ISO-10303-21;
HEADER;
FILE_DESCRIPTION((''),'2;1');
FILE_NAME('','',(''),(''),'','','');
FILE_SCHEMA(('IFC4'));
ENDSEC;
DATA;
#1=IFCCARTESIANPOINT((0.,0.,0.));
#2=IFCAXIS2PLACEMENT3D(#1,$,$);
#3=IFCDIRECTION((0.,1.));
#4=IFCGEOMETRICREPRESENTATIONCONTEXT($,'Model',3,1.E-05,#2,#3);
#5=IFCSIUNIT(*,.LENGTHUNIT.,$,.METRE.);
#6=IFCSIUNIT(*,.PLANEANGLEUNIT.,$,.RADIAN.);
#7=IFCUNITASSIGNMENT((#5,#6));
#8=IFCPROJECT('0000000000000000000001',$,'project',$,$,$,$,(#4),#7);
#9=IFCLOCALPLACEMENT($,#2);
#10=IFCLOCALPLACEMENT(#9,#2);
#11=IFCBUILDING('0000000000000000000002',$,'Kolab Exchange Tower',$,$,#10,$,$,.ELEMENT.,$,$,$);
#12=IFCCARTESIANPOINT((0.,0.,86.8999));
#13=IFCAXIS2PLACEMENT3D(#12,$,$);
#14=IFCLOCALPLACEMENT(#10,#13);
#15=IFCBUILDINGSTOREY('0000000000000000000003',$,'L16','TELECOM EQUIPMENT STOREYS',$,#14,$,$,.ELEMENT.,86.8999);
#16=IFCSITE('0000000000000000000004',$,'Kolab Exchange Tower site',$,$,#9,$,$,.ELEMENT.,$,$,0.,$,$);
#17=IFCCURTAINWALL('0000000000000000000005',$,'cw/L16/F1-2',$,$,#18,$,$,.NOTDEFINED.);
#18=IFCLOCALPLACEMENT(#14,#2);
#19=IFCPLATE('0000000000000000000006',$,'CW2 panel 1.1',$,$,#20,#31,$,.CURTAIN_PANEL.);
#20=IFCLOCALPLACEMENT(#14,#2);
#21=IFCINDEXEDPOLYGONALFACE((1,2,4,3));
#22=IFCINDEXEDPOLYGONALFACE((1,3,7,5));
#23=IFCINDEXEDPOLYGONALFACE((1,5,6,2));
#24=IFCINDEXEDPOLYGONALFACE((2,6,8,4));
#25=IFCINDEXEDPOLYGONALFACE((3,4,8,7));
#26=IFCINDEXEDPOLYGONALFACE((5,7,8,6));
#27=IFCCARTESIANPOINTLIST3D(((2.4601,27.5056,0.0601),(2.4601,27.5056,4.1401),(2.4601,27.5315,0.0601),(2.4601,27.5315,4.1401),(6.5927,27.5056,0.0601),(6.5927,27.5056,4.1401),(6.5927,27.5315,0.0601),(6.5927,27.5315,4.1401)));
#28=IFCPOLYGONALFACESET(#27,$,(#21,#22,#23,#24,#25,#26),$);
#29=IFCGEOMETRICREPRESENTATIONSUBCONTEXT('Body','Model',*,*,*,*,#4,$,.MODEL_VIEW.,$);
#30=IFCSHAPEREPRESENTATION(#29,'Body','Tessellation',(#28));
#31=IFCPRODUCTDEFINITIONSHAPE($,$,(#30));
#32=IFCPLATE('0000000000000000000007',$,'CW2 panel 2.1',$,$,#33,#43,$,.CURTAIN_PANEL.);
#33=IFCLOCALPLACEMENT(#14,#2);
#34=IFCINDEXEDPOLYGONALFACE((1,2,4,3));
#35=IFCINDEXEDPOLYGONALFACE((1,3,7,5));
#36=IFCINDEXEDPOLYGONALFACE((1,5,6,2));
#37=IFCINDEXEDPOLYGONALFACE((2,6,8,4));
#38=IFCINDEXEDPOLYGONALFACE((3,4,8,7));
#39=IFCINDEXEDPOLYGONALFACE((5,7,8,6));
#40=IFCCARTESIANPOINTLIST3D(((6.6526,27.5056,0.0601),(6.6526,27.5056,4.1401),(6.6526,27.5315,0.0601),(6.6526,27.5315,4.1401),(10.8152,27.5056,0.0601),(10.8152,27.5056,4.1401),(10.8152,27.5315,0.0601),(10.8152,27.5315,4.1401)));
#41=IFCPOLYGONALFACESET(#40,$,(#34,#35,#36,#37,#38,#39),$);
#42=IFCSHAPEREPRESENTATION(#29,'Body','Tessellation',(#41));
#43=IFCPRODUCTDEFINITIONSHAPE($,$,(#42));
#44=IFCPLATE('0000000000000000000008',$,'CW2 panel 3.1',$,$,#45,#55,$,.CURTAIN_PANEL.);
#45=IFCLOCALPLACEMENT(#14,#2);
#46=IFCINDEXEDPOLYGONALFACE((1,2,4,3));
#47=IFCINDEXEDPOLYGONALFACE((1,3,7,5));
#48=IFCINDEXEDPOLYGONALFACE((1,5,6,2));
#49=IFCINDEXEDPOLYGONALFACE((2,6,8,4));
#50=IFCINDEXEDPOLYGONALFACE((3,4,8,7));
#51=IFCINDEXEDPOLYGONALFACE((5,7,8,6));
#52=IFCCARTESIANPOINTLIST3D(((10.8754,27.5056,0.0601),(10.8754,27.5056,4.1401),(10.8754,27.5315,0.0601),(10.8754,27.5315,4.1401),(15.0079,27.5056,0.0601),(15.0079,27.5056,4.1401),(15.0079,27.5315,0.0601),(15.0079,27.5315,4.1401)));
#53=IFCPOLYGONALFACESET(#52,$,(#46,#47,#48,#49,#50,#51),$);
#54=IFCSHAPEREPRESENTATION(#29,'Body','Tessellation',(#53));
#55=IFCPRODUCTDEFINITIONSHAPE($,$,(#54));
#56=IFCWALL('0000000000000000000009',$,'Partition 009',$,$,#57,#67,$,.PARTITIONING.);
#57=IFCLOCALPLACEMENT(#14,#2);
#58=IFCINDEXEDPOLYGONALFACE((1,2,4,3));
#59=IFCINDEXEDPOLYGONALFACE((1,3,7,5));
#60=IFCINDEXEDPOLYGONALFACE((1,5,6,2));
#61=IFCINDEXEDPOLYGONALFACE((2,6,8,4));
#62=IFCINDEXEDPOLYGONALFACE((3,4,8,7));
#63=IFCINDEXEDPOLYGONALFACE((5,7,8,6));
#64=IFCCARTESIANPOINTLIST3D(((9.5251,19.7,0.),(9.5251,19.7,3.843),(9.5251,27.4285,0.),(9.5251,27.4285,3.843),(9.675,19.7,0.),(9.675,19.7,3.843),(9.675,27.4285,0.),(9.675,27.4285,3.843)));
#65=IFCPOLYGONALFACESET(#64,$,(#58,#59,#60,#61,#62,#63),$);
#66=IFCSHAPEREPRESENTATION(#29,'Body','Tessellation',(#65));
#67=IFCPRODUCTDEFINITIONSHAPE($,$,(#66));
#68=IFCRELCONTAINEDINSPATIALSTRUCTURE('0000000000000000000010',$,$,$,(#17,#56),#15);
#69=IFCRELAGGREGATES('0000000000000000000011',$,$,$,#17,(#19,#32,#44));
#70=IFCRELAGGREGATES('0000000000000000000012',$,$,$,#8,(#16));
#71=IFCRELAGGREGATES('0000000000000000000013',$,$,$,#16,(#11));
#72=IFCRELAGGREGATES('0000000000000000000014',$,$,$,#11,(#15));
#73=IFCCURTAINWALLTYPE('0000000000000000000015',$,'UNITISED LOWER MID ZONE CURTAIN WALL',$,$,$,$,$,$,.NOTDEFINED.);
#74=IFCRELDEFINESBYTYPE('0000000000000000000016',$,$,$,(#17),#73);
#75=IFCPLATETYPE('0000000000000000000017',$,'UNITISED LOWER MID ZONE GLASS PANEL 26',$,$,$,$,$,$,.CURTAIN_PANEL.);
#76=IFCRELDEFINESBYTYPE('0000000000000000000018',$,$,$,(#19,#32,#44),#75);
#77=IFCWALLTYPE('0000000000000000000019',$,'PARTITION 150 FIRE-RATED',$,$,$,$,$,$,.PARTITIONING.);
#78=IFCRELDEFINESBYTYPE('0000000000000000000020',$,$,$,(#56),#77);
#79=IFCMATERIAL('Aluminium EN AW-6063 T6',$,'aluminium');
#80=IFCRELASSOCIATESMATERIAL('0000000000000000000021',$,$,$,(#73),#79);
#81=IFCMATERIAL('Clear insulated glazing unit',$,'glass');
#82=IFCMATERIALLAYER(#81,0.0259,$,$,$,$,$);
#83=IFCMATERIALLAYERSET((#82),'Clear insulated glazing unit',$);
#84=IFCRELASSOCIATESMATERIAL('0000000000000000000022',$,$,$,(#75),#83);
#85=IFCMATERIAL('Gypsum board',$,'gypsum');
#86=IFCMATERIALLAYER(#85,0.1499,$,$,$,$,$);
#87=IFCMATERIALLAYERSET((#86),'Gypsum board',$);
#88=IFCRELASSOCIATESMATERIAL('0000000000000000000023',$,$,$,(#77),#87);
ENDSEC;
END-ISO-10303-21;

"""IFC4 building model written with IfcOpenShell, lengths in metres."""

from ifc_helpers import new_model, si_unit, direction, frame, frame_2d, origin, origin_2d, place, context, subcontext, project, spatial, rectangle, extrude, material, layer, layer_set, type_object, element, aggregate, save


model = new_model("IFC4")

# Units and contexts
model_context = context("Model", 3, precision=1e-05, world=origin(), true_north=direction((0.0, 1.0)))
body_context = subcontext(model_context, "Body", "Model", "MODEL_VIEW")
ifc_project = project(units=[si_unit("LENGTHUNIT", "METRE"), si_unit("PLANEANGLEUNIT", "RADIAN")], contexts=[model_context])

# Site, building, storey
site_placement = place(None, origin())
site = spatial("IfcSite", under=ifc_project, at=site_placement, Name="Kolab Exchange Tower site", CompositionType="ELEMENT", RefElevation=0.0)
building_placement = place(site_placement, origin())
building = spatial("IfcBuilding", under=site, at=building_placement, Name="Kolab Exchange Tower", CompositionType="ELEMENT")
storey_placement = place(building_placement, frame((0.0, 0.0, 86.8999)))
storey = spatial("IfcBuildingStorey", under=building, at=storey_placement, Name="L16", Description="TELECOM EQUIPMENT STOREYS", CompositionType="ELEMENT", Elevation=86.8999)

# Curtain wall, plates
ifc_material_1 = material(Name="Aluminium EN AW-6063 T6", Category="aluminium")
curtain_wall_type = type_object("IfcCurtainWallType", Name="UNITISED LOWER MID ZONE CURTAIN WALL", PredefinedType="NOTDEFINED", material=ifc_material_1)
curtain_wall_placement = place(storey_placement, origin())
curtain_wall = element("IfcCurtainWall", 1, at=curtain_wall_placement, inside=storey, type_object=curtain_wall_type, Name="cw/L16/F1-2", PredefinedType="NOTDEFINED")
ifc_material_2 = material(Name="Clear insulated glazing unit", Category="glass")
ifc_layer_1 = layer(ifc_material_2, 0.0259)
ifc_layer_set_1 = layer_set([ifc_layer_1], Name="Clear insulated glazing unit")
plate_type = type_object("IfcPlateType", Name="UNITISED LOWER MID ZONE GLASS PANEL 26", PredefinedType="CURTAIN_PANEL", material=ifc_layer_set_1)
plate_1_placement = place(storey_placement, frame((4.5264, 27.5186, 0.0601), z_axis=(0.0, 0.0, 1.0), x_axis=(1.0, 0.0, 0.0)))
plate_1 = element("IfcPlate", 2, at=plate_1_placement, type_object=plate_type, Name="CW2 panel 1.1", PredefinedType="CURTAIN_PANEL", context=body_context, shape_type="SweptSolid", body=[
    extrude(rectangle(XDim=4.1326, YDim=0.0259, at=origin_2d()), origin(), (0.0, 0.0, 1.0), 4.0801),
])
plate_2_placement = place(storey_placement, frame((8.7339, 27.5186, 0.0601), z_axis=(0.0, 0.0, 1.0), x_axis=(1.0, 0.0, 0.0)))
plate_2 = element("IfcPlate", 3, at=plate_2_placement, type_object=plate_type, Name="CW2 panel 2.1", PredefinedType="CURTAIN_PANEL", context=body_context, shape_type="SweptSolid", body=[
    extrude(rectangle(XDim=4.1626, YDim=0.0259, at=origin_2d()), origin(), (0.0, 0.0, 1.0), 4.0801),
])
plate_3_placement = place(storey_placement, frame((12.9417, 27.5186, 0.0601), z_axis=(0.0, 0.0, 1.0), x_axis=(1.0, 0.0, 0.0)))
plate_3 = element("IfcPlate", 4, at=plate_3_placement, type_object=plate_type, Name="CW2 panel 3.1", PredefinedType="CURTAIN_PANEL", context=body_context, shape_type="SweptSolid", body=[
    extrude(rectangle(XDim=4.1326, YDim=0.0259, at=origin_2d()), origin(), (0.0, 0.0, 1.0), 4.0801),
])
aggregate(curtain_wall, [plate_1, plate_2, plate_3])

# Wall
ifc_material_3 = material(Name="Gypsum board", Category="gypsum")
ifc_layer_2 = layer(ifc_material_3, 0.1499)
ifc_layer_set_2 = layer_set([ifc_layer_2], Name="Gypsum board")
wall_type = type_object("IfcWallType", Name="PARTITION 150 FIRE-RATED", PredefinedType="PARTITIONING", material=ifc_layer_set_2)
wall_placement = place(storey_placement, frame((9.6001, 19.7, 0.0), z_axis=(0.0, 0.0, 1.0), x_axis=(0.0, 1.0, 0.0)))
element("IfcWall", 5, at=wall_placement, inside=storey, type_object=wall_type, Name="Partition 009", PredefinedType="PARTITIONING", context=body_context, shape_type="SweptSolid", body=[
    extrude(rectangle(XDim=7.7285, YDim=0.1499, at=frame_2d((3.8643, 0.0))), origin(), (0.0, 0.0, 1.0), 3.843),
])

save(model, "model.ifc")
